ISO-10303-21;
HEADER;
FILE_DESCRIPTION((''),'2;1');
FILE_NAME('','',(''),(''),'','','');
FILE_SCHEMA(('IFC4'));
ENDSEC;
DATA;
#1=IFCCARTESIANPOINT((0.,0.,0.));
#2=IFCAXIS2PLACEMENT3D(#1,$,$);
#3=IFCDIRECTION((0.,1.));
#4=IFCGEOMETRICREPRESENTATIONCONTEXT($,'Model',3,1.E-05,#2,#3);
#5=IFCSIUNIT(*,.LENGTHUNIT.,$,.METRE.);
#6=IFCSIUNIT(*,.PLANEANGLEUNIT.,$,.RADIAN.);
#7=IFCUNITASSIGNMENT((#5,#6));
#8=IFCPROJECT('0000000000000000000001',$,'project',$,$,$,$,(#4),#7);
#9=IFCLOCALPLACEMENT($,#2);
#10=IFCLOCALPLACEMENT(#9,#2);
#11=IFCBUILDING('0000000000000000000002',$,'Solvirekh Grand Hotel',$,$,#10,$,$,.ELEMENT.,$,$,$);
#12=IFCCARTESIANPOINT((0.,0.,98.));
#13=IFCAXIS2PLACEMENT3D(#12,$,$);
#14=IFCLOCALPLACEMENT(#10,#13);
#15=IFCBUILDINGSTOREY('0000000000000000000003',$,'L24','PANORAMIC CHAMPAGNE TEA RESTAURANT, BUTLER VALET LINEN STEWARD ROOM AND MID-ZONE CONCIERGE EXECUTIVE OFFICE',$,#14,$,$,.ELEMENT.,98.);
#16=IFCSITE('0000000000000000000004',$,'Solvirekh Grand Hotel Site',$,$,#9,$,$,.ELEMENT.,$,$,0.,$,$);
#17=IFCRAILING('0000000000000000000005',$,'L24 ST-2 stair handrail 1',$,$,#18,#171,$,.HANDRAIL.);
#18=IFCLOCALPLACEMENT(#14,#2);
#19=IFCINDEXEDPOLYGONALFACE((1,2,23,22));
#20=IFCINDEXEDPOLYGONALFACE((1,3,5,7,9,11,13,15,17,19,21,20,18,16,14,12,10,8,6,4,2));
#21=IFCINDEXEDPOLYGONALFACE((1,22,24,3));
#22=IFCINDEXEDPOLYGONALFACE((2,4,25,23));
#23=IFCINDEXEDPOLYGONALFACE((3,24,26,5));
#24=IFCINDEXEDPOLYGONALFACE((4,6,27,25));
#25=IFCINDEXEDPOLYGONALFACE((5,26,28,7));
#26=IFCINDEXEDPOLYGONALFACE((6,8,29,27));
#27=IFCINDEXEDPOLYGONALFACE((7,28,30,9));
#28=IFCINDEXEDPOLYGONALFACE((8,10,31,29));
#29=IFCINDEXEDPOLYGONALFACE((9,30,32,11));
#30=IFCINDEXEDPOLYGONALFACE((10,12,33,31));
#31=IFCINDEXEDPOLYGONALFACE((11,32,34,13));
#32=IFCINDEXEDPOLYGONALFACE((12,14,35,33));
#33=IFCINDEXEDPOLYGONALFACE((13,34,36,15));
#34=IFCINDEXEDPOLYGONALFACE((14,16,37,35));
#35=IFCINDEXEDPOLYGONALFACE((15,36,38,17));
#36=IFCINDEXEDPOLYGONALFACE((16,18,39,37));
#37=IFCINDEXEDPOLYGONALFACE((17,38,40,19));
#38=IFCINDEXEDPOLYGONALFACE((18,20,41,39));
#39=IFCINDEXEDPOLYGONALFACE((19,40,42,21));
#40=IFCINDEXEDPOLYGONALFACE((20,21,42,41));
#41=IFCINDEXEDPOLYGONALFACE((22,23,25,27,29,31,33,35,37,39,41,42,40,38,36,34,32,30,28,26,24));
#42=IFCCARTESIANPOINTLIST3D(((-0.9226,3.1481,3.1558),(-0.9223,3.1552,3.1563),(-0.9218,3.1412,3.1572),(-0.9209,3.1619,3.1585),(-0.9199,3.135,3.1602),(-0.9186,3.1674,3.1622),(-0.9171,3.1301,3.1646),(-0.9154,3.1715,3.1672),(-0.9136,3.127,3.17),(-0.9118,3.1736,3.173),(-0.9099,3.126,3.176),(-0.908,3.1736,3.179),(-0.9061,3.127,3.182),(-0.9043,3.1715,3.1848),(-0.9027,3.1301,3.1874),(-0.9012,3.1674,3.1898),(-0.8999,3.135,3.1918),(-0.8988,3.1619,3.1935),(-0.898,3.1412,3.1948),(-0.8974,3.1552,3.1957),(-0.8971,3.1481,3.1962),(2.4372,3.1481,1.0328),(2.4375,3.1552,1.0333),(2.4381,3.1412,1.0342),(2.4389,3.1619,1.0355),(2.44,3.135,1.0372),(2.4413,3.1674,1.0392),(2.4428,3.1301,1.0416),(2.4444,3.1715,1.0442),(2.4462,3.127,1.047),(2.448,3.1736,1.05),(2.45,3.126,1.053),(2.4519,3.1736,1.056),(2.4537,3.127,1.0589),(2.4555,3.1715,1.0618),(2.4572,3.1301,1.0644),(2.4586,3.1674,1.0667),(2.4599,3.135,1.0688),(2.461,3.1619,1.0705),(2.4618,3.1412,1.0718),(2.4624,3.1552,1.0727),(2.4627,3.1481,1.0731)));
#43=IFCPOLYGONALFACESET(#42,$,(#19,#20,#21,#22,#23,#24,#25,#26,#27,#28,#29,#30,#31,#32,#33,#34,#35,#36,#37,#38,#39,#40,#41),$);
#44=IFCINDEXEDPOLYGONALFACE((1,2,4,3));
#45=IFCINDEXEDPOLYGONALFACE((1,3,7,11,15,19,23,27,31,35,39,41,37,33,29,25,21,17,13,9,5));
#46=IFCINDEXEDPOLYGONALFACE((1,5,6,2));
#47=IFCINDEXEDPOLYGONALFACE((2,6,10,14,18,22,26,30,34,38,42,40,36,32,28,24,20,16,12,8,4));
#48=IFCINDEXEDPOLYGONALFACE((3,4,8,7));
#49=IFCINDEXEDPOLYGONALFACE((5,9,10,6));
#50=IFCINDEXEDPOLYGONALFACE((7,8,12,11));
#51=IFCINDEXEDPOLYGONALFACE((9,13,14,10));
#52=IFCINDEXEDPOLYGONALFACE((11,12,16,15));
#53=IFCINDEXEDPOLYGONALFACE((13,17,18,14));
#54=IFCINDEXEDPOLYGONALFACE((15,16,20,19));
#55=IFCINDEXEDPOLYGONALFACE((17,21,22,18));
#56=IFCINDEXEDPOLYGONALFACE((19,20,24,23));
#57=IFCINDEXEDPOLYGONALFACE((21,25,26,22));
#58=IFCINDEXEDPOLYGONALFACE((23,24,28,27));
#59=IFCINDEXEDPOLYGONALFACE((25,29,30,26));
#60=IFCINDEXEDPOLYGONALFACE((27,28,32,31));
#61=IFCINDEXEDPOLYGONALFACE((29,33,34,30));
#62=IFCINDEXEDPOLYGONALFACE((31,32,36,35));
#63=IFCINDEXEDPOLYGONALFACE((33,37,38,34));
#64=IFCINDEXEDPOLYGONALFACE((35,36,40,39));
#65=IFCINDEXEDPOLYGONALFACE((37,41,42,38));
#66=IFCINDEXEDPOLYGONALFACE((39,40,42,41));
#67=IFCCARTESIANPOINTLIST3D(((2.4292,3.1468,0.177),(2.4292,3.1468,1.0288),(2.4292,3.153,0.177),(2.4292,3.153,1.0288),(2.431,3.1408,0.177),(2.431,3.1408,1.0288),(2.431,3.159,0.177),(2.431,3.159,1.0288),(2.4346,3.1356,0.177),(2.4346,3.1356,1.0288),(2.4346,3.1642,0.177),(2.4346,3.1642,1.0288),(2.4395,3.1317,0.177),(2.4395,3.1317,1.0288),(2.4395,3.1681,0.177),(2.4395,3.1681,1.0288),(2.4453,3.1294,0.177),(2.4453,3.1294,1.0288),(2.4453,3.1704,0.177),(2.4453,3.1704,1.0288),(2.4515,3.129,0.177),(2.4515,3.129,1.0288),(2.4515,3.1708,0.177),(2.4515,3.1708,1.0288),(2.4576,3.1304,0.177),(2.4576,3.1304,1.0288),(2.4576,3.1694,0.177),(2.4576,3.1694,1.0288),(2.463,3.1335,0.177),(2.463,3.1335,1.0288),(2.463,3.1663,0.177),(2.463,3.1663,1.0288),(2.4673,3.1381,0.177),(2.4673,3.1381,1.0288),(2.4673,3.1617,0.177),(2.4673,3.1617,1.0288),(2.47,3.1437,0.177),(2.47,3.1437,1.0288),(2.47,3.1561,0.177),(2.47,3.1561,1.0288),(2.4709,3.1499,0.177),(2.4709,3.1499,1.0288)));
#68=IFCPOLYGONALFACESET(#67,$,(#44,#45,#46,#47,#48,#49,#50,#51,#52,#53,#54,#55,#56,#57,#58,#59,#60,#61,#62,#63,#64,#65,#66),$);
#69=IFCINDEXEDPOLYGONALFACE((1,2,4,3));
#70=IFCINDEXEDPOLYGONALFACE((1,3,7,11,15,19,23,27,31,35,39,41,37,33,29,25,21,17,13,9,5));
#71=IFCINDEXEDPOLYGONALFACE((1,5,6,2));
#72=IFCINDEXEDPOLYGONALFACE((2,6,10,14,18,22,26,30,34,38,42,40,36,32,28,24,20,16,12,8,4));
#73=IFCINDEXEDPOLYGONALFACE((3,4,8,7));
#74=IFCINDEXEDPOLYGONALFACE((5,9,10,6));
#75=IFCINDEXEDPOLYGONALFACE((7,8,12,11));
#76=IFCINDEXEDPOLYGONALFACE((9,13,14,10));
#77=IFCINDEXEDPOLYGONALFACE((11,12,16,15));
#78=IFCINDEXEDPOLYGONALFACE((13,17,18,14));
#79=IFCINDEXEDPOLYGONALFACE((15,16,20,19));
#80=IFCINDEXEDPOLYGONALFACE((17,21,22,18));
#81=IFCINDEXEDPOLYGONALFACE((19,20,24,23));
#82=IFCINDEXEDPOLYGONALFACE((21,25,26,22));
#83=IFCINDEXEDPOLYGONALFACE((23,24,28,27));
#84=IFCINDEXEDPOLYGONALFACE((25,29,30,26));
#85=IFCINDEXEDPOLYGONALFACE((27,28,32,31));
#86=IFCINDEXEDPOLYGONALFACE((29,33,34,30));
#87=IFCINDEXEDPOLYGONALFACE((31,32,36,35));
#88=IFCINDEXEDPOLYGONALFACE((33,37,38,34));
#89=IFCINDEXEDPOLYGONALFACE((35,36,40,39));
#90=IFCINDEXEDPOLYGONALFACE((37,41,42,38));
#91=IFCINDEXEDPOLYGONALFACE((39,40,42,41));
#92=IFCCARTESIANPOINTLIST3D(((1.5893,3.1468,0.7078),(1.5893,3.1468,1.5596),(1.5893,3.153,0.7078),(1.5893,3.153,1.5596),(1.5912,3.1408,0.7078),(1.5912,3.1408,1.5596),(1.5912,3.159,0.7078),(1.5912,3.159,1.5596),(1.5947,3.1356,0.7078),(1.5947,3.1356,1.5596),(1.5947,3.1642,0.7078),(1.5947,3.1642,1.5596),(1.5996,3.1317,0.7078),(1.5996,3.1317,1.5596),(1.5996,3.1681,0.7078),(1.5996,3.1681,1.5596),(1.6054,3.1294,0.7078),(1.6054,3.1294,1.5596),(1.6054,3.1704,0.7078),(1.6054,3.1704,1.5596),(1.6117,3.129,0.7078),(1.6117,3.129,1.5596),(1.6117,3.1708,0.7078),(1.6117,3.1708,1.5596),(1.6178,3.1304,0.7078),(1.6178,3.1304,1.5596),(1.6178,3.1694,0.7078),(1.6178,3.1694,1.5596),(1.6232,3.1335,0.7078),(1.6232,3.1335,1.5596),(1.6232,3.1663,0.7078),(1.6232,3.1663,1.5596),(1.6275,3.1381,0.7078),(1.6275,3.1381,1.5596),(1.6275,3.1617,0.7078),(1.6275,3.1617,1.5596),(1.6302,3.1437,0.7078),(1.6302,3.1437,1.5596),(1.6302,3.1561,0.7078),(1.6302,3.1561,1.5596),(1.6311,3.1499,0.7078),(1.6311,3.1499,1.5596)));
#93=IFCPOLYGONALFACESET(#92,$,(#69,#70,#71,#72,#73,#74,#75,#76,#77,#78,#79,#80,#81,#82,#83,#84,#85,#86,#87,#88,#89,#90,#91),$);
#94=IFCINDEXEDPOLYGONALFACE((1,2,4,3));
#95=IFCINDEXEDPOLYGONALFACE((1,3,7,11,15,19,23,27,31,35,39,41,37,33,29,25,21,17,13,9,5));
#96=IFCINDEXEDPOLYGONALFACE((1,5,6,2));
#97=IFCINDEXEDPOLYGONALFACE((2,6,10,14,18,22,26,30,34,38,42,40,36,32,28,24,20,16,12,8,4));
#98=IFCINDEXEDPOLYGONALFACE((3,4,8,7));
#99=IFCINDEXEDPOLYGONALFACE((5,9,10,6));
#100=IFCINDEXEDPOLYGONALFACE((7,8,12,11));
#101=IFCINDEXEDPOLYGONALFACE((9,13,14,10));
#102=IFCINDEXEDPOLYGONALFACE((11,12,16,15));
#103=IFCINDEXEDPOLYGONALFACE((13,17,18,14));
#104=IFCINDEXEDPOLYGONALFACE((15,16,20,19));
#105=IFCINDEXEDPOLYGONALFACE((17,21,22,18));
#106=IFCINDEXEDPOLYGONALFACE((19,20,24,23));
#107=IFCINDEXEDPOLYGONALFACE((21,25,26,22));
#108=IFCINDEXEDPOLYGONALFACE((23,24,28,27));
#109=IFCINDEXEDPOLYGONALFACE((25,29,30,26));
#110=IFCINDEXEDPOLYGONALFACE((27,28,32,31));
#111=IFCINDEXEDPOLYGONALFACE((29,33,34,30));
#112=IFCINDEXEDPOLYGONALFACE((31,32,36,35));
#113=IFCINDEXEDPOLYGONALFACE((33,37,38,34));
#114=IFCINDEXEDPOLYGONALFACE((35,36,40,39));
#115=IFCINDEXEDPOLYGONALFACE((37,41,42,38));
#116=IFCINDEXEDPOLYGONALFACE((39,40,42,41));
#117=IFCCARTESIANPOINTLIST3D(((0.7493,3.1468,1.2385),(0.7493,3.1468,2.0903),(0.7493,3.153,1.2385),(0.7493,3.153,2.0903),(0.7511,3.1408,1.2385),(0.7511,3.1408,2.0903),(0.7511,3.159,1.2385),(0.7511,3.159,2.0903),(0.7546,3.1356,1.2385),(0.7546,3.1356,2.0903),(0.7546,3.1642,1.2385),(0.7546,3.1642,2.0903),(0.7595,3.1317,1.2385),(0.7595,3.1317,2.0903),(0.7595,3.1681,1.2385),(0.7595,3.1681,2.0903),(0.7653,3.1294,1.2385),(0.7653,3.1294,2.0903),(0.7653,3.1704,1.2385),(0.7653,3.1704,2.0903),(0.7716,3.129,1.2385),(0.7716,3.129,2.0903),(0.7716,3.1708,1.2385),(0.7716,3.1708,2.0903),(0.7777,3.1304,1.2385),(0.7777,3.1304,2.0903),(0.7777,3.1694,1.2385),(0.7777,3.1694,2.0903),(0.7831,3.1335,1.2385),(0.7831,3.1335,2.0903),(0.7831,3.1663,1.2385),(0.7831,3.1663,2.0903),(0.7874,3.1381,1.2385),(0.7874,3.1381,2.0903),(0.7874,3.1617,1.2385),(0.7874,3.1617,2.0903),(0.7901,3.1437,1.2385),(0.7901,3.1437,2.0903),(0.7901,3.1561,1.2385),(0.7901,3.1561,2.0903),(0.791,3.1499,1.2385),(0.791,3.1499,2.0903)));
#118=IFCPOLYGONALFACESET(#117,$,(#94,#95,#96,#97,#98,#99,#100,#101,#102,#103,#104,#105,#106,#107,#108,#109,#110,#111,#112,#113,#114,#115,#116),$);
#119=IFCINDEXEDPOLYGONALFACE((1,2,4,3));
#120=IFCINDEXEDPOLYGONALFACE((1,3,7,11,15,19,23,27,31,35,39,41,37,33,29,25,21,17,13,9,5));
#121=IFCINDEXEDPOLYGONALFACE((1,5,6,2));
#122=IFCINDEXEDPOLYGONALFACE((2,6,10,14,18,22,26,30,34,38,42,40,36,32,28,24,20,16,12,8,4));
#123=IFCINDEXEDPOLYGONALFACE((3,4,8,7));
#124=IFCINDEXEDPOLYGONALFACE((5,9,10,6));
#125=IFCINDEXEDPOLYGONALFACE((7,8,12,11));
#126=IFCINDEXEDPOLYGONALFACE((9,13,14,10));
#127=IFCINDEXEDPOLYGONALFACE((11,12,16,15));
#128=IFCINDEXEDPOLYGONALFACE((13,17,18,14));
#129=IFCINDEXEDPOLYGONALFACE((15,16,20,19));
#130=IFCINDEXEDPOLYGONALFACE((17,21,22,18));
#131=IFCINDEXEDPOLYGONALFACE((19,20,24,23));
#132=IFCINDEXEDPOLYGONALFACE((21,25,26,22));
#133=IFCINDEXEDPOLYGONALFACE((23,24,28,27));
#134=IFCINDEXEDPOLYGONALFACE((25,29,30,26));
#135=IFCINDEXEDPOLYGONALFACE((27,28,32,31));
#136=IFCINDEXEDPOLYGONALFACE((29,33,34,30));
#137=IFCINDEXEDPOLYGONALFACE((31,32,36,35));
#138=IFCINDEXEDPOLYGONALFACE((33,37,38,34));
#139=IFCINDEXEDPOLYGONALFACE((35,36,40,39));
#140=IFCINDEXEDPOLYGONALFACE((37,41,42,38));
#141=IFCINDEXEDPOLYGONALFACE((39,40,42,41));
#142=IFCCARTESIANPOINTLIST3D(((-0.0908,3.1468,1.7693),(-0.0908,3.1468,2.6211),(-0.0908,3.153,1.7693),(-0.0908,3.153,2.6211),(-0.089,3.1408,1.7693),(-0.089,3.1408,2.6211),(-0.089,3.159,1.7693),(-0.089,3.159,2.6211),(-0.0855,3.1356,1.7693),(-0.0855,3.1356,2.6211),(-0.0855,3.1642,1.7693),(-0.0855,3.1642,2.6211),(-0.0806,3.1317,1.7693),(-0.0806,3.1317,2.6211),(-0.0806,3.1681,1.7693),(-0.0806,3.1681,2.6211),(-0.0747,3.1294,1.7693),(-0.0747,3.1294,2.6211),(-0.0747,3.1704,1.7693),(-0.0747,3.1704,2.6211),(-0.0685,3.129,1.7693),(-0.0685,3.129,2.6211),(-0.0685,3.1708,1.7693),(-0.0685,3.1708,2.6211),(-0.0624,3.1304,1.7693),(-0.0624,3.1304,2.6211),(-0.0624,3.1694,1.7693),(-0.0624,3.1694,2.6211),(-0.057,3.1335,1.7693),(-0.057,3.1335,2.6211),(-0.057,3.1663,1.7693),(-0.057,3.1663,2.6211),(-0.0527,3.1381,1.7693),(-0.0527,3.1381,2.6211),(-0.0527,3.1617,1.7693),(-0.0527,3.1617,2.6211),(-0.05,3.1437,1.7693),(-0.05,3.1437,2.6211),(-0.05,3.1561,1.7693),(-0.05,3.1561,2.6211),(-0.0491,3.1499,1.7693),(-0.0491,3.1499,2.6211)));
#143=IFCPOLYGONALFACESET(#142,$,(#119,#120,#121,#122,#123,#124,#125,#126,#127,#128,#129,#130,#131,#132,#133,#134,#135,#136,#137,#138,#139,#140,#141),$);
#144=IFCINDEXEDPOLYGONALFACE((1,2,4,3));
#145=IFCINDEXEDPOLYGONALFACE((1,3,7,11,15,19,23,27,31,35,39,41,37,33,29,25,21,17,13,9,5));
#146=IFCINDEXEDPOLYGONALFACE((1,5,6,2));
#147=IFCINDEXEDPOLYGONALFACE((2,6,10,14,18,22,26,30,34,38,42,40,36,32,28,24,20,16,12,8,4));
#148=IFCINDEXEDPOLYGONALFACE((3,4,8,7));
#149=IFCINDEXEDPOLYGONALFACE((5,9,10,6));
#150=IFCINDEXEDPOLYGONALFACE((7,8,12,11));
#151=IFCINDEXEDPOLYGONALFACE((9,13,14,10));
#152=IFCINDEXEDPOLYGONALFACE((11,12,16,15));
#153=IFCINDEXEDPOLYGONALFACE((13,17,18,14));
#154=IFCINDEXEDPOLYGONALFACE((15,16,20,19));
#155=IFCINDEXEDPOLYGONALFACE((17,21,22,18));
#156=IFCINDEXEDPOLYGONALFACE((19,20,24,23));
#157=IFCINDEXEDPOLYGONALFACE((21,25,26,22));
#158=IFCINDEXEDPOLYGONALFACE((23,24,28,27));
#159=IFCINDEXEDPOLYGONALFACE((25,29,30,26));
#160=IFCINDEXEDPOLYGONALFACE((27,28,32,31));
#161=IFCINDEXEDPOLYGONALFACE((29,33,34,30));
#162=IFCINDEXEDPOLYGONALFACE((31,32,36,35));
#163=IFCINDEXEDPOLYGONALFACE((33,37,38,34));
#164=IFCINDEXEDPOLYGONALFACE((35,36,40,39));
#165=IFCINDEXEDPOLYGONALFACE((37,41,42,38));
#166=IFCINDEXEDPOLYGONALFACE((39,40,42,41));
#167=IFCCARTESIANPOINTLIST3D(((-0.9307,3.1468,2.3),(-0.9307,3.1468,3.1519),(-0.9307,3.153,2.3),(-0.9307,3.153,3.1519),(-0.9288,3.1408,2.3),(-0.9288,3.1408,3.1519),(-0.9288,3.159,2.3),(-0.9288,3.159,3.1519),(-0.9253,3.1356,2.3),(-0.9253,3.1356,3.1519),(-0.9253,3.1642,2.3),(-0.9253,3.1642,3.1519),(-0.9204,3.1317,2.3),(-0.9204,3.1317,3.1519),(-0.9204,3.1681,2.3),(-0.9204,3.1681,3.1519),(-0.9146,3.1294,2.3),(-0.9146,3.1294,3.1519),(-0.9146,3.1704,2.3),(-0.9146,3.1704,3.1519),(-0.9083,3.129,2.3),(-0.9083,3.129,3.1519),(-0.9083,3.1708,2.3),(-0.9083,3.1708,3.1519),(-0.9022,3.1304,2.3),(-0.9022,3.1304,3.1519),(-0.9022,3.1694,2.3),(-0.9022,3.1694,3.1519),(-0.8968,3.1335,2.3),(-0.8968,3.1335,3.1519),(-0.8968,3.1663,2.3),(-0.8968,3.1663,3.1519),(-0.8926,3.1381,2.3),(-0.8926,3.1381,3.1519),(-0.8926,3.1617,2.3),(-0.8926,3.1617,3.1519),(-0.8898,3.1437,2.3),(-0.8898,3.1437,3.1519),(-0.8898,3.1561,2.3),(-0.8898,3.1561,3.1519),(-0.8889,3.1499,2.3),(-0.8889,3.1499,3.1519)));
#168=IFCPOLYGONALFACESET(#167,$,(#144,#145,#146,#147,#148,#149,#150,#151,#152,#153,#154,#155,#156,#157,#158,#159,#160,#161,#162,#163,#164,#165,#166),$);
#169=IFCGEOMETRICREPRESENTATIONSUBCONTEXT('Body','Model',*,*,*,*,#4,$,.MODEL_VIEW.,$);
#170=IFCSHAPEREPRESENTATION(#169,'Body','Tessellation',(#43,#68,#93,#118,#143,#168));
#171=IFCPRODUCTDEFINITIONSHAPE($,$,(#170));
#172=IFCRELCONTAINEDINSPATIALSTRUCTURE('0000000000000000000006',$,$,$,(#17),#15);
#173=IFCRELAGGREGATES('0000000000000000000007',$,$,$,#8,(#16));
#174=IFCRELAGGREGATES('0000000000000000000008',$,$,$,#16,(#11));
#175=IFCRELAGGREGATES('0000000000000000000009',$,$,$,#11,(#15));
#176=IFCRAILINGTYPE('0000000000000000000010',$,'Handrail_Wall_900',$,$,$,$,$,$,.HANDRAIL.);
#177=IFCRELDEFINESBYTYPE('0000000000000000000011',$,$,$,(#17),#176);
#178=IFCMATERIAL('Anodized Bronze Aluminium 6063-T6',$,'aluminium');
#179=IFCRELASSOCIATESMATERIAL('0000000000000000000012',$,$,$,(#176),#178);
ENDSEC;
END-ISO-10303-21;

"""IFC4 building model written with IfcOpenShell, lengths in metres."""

from ifc_helpers import new_model, si_unit, direction, frame, origin, origin_2d, place, context, subcontext, project, spatial, circle, extrude, material, type_object, element, save


model = new_model("IFC4")

# Units and contexts
model_context = context("Model", 3, precision=1e-05, world=origin(), true_north=direction((0.0, 1.0)))
body_context = subcontext(model_context, "Body", "Model", "MODEL_VIEW")
ifc_project = project(units=[si_unit("LENGTHUNIT", "METRE"), si_unit("PLANEANGLEUNIT", "RADIAN")], contexts=[model_context])

# Site, building, storey
site_placement = place(None, origin())
site = spatial("IfcSite", under=ifc_project, at=site_placement, Name="Solvirekh Grand Hotel Site", CompositionType="ELEMENT", RefElevation=0.0)
building_placement = place(site_placement, origin())
building = spatial("IfcBuilding", under=site, at=building_placement, Name="Solvirekh Grand Hotel", CompositionType="ELEMENT")
storey_placement = place(building_placement, frame((0.0, 0.0, 98.0)))
storey = spatial("IfcBuildingStorey", under=building, at=storey_placement, Name="L24", Description="PANORAMIC CHAMPAGNE TEA RESTAURANT, BUTLER VALET LINEN STEWARD ROOM AND MID-ZONE CONCIERGE EXECUTIVE OFFICE", CompositionType="ELEMENT", Elevation=98.0)

# Railing
ifc_material_1 = material(Name="Anodized Bronze Aluminium 6063-T6", Category="aluminium")
railing_type_1 = type_object("IfcRailingType", Name="Handrail_Wall_900", PredefinedType="HANDRAIL", material=ifc_material_1)
railing_1_placement = place(storey_placement, frame((2.45, 3.1499, 0.177)))
element("IfcRailing", 1, at=railing_1_placement, inside=storey, type_object=railing_type_1, Name="L24 ST-2 stair handrail 1", PredefinedType="HANDRAIL", context=body_context, shape_type="SweptSolid", body=[
    extrude(circle(Radius=0.0239, at=origin_2d()), frame((0.0, 0.0, 0.876), z_axis=(-0.845372, 0.0, 0.534178), x_axis=(0.0, -1.0, 0.0)), (0.0, 0.0, 1.0), 3.9744),
    extrude(circle(Radius=0.021, at=origin_2d()), origin(), (0.0, 0.0, 1.0), 0.8518),
    extrude(circle(Radius=0.021, at=origin_2d()), frame((-0.8398, 0.0, 0.5308)), (0.0, 0.0, 1.0), 0.8518),
    extrude(circle(Radius=0.021, at=origin_2d()), frame((-1.6799, 0.0, 1.0615)), (0.0, 0.0, 1.0), 0.8518),
    extrude(circle(Radius=0.021, at=origin_2d()), frame((-2.52, 0.0, 1.5923)), (0.0, 0.0, 1.0), 0.8518),
    extrude(circle(Radius=0.021, at=origin_2d()), frame((-3.3599, 0.0, 2.123)), (0.0, 0.0, 1.0), 0.8518),
])

save(model, "model.ifc")
